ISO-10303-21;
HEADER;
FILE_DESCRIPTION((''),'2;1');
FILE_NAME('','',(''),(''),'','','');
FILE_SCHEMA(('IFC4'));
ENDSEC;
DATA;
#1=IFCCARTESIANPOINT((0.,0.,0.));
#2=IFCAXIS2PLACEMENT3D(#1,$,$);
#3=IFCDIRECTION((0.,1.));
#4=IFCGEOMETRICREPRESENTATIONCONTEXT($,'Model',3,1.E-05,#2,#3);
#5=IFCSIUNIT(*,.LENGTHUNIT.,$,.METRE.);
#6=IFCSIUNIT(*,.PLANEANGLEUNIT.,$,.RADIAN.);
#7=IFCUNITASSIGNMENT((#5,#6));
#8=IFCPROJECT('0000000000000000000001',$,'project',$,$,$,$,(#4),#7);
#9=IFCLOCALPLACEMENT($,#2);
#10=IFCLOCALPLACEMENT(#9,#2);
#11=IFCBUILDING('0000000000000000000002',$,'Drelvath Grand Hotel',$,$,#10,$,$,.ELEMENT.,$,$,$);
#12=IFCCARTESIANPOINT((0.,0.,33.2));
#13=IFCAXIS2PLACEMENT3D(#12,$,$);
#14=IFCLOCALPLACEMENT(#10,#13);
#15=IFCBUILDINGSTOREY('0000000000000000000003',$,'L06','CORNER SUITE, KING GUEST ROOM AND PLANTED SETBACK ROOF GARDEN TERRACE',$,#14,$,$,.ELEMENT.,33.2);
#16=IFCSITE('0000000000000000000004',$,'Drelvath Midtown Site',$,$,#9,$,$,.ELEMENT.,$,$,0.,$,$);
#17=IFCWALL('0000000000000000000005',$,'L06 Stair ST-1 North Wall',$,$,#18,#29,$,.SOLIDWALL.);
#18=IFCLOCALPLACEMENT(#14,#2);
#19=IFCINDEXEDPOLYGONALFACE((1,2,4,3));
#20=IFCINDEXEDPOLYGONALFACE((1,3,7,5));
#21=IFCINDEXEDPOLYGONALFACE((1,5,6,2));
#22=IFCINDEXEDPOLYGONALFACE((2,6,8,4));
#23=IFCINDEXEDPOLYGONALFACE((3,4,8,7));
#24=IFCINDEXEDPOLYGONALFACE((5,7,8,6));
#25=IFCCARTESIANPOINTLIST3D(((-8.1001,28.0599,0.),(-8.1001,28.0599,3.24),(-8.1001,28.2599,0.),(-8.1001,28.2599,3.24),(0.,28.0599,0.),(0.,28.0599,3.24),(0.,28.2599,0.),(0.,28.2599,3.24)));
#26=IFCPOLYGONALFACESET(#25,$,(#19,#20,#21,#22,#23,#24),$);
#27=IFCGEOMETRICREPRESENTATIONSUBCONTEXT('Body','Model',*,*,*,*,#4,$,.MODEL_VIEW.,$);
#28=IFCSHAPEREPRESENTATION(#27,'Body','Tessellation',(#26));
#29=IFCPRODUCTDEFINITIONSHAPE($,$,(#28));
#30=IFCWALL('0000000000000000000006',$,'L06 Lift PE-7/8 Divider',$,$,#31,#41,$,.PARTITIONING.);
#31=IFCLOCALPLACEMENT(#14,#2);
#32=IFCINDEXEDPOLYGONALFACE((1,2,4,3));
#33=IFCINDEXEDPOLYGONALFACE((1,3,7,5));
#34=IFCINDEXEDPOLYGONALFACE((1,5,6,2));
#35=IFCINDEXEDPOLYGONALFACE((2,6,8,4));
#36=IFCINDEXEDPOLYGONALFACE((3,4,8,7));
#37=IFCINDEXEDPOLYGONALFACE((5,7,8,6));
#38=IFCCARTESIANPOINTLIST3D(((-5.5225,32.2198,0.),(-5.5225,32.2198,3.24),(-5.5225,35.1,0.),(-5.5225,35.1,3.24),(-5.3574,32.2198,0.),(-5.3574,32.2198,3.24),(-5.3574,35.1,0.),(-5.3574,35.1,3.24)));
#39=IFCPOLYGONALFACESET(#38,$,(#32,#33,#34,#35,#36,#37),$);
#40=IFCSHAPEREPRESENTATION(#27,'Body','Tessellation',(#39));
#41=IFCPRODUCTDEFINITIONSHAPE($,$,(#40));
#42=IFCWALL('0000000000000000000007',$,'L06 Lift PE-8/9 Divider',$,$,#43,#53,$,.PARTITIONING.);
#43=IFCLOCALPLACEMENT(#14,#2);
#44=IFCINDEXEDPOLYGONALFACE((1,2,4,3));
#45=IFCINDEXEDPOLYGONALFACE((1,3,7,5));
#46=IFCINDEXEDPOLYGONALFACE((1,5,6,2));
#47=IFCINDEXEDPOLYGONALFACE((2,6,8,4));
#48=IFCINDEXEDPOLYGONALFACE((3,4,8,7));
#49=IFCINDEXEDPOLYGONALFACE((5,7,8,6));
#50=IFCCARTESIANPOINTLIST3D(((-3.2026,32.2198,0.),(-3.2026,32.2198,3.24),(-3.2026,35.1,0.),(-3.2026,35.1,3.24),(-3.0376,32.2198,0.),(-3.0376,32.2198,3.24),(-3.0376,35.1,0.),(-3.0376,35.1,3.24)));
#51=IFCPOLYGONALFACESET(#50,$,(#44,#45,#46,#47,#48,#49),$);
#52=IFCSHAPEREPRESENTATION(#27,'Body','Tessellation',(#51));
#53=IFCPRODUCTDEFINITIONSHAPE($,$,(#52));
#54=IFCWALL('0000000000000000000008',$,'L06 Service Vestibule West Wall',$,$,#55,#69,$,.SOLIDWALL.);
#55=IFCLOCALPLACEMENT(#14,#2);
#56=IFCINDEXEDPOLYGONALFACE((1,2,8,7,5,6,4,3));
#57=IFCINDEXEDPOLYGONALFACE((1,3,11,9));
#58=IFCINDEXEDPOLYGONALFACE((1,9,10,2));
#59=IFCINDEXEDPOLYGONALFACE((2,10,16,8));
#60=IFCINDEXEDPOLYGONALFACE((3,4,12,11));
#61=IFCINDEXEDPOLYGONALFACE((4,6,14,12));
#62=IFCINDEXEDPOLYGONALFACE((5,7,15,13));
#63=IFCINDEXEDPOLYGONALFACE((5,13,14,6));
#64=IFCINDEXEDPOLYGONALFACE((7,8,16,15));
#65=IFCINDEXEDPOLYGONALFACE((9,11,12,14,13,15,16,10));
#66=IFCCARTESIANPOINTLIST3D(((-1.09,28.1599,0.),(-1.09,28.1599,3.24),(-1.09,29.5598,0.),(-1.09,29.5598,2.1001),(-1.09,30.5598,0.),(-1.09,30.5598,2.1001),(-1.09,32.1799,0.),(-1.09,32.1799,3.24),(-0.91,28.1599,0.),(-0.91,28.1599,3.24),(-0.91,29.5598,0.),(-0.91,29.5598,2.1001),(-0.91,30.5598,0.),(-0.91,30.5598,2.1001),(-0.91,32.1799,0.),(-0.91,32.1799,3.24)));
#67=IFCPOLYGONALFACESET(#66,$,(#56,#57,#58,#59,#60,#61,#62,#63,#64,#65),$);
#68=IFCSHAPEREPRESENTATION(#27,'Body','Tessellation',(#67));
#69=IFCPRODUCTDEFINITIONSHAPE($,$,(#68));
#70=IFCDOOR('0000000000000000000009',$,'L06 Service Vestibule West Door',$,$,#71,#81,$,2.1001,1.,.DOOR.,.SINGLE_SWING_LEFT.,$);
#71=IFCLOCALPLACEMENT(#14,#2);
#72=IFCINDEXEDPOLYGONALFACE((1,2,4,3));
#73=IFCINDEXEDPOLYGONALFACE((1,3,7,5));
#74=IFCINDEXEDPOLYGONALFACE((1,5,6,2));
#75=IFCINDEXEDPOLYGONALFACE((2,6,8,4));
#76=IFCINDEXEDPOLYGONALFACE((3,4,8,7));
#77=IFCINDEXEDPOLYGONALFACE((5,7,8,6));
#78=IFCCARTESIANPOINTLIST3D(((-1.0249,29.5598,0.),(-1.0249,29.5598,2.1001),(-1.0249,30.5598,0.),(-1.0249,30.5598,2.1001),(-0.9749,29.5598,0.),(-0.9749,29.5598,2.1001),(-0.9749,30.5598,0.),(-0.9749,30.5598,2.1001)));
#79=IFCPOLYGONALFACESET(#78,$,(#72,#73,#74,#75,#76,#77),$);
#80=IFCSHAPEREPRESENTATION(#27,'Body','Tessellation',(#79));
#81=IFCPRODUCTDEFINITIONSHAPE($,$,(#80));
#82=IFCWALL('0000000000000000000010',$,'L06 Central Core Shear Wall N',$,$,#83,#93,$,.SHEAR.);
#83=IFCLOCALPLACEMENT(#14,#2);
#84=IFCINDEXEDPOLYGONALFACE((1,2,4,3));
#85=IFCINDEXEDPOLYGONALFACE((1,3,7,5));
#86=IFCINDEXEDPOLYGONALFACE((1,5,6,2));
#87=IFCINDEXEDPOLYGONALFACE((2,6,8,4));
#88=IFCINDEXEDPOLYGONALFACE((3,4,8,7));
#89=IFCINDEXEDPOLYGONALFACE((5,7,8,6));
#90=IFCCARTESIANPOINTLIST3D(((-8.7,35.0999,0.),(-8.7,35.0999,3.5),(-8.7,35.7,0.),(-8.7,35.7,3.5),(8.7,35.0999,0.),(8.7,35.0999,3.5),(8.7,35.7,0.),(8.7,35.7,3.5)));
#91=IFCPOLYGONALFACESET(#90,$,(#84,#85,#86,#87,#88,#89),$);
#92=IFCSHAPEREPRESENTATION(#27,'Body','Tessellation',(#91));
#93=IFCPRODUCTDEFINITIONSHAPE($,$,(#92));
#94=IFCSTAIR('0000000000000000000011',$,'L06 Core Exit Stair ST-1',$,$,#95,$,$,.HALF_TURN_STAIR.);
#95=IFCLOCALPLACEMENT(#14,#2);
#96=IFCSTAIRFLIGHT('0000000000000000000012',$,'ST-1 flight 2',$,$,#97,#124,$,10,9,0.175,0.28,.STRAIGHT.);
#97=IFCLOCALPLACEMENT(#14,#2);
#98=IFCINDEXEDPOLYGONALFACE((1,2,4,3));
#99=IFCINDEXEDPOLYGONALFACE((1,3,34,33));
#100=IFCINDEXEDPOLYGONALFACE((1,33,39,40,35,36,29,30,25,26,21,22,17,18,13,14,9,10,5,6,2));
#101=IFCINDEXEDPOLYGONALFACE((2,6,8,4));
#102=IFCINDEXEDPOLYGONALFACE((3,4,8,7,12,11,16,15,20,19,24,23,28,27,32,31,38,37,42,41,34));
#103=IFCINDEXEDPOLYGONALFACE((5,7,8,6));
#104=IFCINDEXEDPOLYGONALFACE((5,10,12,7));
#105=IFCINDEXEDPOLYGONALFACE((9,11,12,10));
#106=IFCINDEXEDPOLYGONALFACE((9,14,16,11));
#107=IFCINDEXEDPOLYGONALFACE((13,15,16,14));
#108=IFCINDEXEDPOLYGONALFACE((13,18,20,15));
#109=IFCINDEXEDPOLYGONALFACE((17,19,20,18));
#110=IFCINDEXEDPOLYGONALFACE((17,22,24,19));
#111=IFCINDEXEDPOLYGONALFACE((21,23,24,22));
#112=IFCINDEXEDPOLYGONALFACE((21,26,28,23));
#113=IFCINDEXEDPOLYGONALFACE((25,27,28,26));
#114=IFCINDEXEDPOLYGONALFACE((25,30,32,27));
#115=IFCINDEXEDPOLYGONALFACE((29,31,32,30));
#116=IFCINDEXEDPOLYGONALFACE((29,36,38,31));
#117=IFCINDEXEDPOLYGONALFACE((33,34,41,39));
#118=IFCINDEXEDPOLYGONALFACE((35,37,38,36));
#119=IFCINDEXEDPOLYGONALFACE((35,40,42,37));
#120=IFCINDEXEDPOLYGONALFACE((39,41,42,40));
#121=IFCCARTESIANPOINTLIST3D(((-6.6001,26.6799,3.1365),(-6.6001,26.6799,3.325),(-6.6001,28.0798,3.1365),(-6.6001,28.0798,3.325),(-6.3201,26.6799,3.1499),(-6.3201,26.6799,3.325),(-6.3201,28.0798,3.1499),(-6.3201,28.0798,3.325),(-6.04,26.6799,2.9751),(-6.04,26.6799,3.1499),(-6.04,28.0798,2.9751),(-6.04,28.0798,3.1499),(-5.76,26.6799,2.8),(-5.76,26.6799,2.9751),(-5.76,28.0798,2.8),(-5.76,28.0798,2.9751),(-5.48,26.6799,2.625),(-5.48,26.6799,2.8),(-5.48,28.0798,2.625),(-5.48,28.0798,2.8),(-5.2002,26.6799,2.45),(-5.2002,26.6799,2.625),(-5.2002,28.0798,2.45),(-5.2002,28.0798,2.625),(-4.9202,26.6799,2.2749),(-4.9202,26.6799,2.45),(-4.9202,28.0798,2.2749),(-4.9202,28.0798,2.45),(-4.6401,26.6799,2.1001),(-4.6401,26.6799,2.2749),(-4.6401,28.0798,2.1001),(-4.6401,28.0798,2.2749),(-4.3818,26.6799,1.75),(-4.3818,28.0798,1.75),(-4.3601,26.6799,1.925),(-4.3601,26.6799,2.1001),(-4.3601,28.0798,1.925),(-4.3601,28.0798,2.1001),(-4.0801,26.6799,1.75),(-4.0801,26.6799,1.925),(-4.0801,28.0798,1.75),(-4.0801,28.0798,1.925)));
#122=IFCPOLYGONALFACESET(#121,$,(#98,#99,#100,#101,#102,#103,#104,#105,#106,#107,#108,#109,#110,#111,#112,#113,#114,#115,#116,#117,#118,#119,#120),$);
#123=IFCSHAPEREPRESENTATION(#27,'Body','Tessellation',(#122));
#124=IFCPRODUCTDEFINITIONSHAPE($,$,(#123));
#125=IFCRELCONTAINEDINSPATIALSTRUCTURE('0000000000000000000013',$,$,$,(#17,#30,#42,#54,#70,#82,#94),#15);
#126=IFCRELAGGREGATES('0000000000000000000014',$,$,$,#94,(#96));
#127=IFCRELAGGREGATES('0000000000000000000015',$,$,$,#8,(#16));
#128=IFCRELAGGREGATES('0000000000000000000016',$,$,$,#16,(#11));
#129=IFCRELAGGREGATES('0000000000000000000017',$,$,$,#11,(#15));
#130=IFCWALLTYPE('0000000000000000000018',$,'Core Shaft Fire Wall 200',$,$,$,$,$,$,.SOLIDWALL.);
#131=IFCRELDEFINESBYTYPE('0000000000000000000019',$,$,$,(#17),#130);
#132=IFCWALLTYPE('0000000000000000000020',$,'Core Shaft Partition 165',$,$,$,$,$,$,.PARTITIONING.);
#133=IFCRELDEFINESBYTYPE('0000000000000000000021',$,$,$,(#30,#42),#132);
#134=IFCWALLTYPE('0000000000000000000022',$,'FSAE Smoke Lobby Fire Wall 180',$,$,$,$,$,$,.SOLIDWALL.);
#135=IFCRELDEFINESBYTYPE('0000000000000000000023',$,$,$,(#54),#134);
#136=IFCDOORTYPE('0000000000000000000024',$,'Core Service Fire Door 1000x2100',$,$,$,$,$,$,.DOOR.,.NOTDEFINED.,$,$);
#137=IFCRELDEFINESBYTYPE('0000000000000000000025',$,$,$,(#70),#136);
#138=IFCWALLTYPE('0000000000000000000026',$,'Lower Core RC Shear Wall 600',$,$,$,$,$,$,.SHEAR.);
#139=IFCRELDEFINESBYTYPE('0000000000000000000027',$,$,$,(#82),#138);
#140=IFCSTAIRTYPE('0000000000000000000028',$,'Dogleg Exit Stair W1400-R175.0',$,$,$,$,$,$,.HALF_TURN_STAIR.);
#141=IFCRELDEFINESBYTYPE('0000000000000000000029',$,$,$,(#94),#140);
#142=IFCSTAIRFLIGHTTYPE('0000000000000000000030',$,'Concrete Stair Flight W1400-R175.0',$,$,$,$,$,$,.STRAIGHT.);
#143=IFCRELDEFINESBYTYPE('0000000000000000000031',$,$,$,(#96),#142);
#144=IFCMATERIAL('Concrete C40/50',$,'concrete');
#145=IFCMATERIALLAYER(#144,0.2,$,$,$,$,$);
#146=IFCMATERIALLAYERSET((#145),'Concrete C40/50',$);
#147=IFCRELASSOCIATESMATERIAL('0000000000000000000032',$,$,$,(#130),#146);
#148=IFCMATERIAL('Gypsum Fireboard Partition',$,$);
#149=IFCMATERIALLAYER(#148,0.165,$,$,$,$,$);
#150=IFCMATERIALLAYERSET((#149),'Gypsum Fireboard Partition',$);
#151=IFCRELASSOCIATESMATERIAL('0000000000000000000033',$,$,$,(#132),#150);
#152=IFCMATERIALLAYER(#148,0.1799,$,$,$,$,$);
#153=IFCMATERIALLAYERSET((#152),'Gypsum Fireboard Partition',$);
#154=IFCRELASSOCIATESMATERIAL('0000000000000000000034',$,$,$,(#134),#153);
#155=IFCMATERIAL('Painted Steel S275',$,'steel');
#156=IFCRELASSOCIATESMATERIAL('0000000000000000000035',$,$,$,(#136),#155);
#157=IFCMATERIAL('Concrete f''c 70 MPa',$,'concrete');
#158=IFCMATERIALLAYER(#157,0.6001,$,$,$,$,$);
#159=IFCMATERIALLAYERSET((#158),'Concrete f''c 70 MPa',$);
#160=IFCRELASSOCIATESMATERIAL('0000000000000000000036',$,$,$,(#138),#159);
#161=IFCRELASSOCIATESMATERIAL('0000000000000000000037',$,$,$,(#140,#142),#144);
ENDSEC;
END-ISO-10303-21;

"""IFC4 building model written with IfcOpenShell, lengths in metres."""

from ifc_helpers import new_model, si_unit, direction, frame, frame_2d, origin, place, context, subcontext, project, spatial, polyline, rectangle, outline, extrude, material, layer, layer_set, type_object, element, fill, aggregate, save


model = new_model("IFC4")

# Units and contexts
model_context = context("Model", 3, precision=1e-05, world=origin(), true_north=direction((0.0, 1.0)))
body_context = subcontext(model_context, "Body", "Model", "MODEL_VIEW")
ifc_project = project(units=[si_unit("LENGTHUNIT", "METRE"), si_unit("PLANEANGLEUNIT", "RADIAN")], contexts=[model_context])

# Site, building, storey
site_placement = place(None, origin())
site = spatial("IfcSite", under=ifc_project, at=site_placement, Name="Drelvath Midtown Site", CompositionType="ELEMENT", RefElevation=0.0)
building_placement = place(site_placement, origin())
building = spatial("IfcBuilding", under=site, at=building_placement, Name="Drelvath Grand Hotel", CompositionType="ELEMENT")
storey_placement = place(building_placement, frame((0.0, 0.0, 33.2)))
storey = spatial("IfcBuildingStorey", under=building, at=storey_placement, Name="L06", Description="CORNER SUITE, KING GUEST ROOM AND PLANTED SETBACK ROOF GARDEN TERRACE", CompositionType="ELEMENT", Elevation=33.2)

# Shared definitions
ifc_material_1 = material(Name="Concrete f'c 70 MPa", Category="concrete")

# Shared definitions
ifc_material_2 = material(Name="Painted Steel S275", Category="steel")

# Shared definitions
ifc_material_3 = material(Name="Concrete C40/50", Category="concrete")

# Walls
ifc_layer_1 = layer(ifc_material_3, 0.2)
ifc_layer_set_1 = layer_set([ifc_layer_1], Name="Concrete C40/50")
wall_type_1 = type_object("IfcWallType", Name="Core Shaft Fire Wall 200", PredefinedType="SOLIDWALL", material=ifc_layer_set_1)
wall_1_placement = place(storey_placement, frame((-8.1001, 28.1599, 0.0), z_axis=(0.0, 0.0, 1.0), x_axis=(1.0, 0.0, 0.0)))
element("IfcWall", 1, at=wall_1_placement, inside=storey, type_object=wall_type_1, Name="L06 Stair ST-1 North Wall", PredefinedType="SOLIDWALL", context=body_context, shape_type="SweptSolid", body=[
    extrude(rectangle(XDim=8.1001, YDim=0.2, at=frame_2d((4.05, 0.0))), origin(), (0.0, 0.0, 1.0), 3.24),
])
ifc_material_4 = material(Name="Gypsum Fireboard Partition")
ifc_layer_2 = layer(ifc_material_4, 0.165)
ifc_layer_set_2 = layer_set([ifc_layer_2], Name="Gypsum Fireboard Partition")
wall_type_2 = type_object("IfcWallType", Name="Core Shaft Partition 165", PredefinedType="PARTITIONING", material=ifc_layer_set_2)
for number, where, z_axis, x_axis, name in (
    (2, (-5.4399, 32.22, 0.0), (0.0, 0.0, 1.0), (0.0, 1.0, 0.0), "L06 Lift PE-7/8 Divider"),
    (3, (-3.1201, 32.22, 0.0), (0.0, 0.0, 1.0), (0.0, 1.0, 0.0), "L06 Lift PE-8/9 Divider"),
):
    element("IfcWall", number, at=place(storey_placement, frame(where, z_axis=z_axis, x_axis=x_axis)), inside=storey, type_object=wall_type_2, Name=name, PredefinedType="PARTITIONING", context=body_context, shape_type="SweptSolid", body=[
        extrude(rectangle(XDim=2.8801, YDim=0.165, at=frame_2d((1.4399, 0.0))), origin(), (0.0, 0.0, 1.0), 3.24),
    ])

# Wall, opening, door
ifc_layer_3 = layer(ifc_material_4, 0.1799)
ifc_layer_set_3 = layer_set([ifc_layer_3], Name="Gypsum Fireboard Partition")
wall_type_3 = type_object("IfcWallType", Name="FSAE Smoke Lobby Fire Wall 180", PredefinedType="SOLIDWALL", material=ifc_layer_set_3)
wall_2_placement = place(storey_placement, frame((-1.0, 28.1599, 0.0), z_axis=(0.0, 0.0, 1.0), x_axis=(0.0, 1.0, 0.0)))
wall_2 = element("IfcWall", 4, at=wall_2_placement, inside=storey, type_object=wall_type_3, Name="L06 Service Vestibule West Wall", PredefinedType="SOLIDWALL", context=body_context, shape_type="SweptSolid", body=[
    extrude(rectangle(XDim=4.02, YDim=0.1799, at=frame_2d((2.01, 0.0))), origin(), (0.0, 0.0, 1.0), 3.24),
])
opening_1_placement = place(wall_2_placement, frame((1.3999, 0.0, 0.0)))
opening_1 = element("IfcOpeningElement", 5, at=opening_1_placement, cuts=wall_2, PredefinedType="OPENING", context=body_context, shape_type="SweptSolid", body=[
    extrude(rectangle(XDim=1.0, YDim=2.1001, at=frame_2d((0.5, 1.05))), frame((0.0, 0.0999, 0.0), z_axis=(0.0, -1.0, 0.0), x_axis=(1.0, 0.0, 0.0)), (0.0, 0.0, 1.0), 0.2),
])
door_type_1 = type_object("IfcDoorType", Name="Core Service Fire Door 1000x2100", OperationType="NOTDEFINED", PredefinedType="DOOR", material=ifc_material_2)
door_1_placement = place(opening_1_placement, origin())
door_1 = element("IfcDoor", 6, at=door_1_placement, inside=storey, type_object=door_type_1, Name="L06 Service Vestibule West Door", OperationType="SINGLE_SWING_LEFT", OverallHeight=2.1001, OverallWidth=1.0, PredefinedType="DOOR", context=body_context, shape_type="SweptSolid", body=[
    extrude(rectangle(XDim=1.0, YDim=2.1001, at=frame_2d((0.5, 1.05))), frame((0.0, 0.0249, 0.0), z_axis=(0.0, -1.0, 0.0), x_axis=(1.0, 0.0, 0.0)), (0.0, 0.0, 1.0), 0.05),
])
fill(opening_1, door_1)

# Wall
ifc_layer_4 = layer(ifc_material_1, 0.6001)
ifc_layer_set_4 = layer_set([ifc_layer_4], Name="Concrete f'c 70 MPa")
wall_type_4 = type_object("IfcWallType", Name="Lower Core RC Shear Wall 600", PredefinedType="SHEAR", material=ifc_layer_set_4)
wall_3_placement = place(storey_placement, frame((-8.7, 35.3999, 0.0), z_axis=(0.0, 0.0, 1.0), x_axis=(1.0, 0.0, 0.0)))
element("IfcWall", 7, at=wall_3_placement, inside=storey, type_object=wall_type_4, Name="L06 Central Core Shear Wall N", PredefinedType="SHEAR", context=body_context, shape_type="SweptSolid", body=[
    extrude(rectangle(XDim=17.3999, YDim=0.6001, at=frame_2d((8.7, 0.0))), origin(), (0.0, 0.0, 1.0), 3.5),
])

# Stair, stair flight
stair_type = type_object("IfcStairType", Name="Dogleg Exit Stair W1400-R175.0", PredefinedType="HALF_TURN_STAIR", material=ifc_material_3)
stair_placement = place(storey_placement, origin())
stair = element("IfcStair", 8, at=stair_placement, inside=storey, type_object=stair_type, Name="L06 Core Exit Stair ST-1", PredefinedType="HALF_TURN_STAIR")
stair_flight_type = type_object("IfcStairFlightType", Name="Concrete Stair Flight W1400-R175.0", PredefinedType="STRAIGHT", material=ifc_material_3)
stair_flight_placement = place(storey_placement, frame((-4.0801, 27.3799, 1.75), z_axis=(0.0, 0.0, 1.0), x_axis=(-1.0, 0.0, 0.0)))
stair_flight = element("IfcStairFlight", 9, at=stair_flight_placement, type_object=stair_flight_type, Name="ST-1 flight 2", NumberOfRisers=10, NumberOfTreads=9, PredefinedType="STRAIGHT", RiserHeight=0.175, TreadLength=0.28, context=body_context, shape_type="SweptSolid", body=[
    extrude(outline(polyline([(0.0, 0.0), (0.0, 0.175), (0.28, 0.175), (0.28, 0.3501), (0.5601, 0.3501), (0.5601, 0.5249), (0.8401, 0.5249), (0.8401, 0.7), (1.1201, 0.7), (1.1201, 0.875), (1.3999, 0.875), (1.3999, 1.05), (1.6799, 1.05), (1.6799, 1.2251), (1.96, 1.2251), (1.96, 1.3999), (2.24, 1.3999), (2.24, 1.575), (2.52, 1.575), (2.52, 1.75), (2.52, 1.3865), (0.3018, 0.0), (0.0, 0.0)])), frame((0.0, 0.7, 0.0), z_axis=(0.0, -1.0, 0.0), x_axis=(1.0, 0.0, 0.0)), (0.0, 0.0, 1.0), 1.3999),
])
aggregate(stair, [stair_flight])

save(model, "model.ifc")
